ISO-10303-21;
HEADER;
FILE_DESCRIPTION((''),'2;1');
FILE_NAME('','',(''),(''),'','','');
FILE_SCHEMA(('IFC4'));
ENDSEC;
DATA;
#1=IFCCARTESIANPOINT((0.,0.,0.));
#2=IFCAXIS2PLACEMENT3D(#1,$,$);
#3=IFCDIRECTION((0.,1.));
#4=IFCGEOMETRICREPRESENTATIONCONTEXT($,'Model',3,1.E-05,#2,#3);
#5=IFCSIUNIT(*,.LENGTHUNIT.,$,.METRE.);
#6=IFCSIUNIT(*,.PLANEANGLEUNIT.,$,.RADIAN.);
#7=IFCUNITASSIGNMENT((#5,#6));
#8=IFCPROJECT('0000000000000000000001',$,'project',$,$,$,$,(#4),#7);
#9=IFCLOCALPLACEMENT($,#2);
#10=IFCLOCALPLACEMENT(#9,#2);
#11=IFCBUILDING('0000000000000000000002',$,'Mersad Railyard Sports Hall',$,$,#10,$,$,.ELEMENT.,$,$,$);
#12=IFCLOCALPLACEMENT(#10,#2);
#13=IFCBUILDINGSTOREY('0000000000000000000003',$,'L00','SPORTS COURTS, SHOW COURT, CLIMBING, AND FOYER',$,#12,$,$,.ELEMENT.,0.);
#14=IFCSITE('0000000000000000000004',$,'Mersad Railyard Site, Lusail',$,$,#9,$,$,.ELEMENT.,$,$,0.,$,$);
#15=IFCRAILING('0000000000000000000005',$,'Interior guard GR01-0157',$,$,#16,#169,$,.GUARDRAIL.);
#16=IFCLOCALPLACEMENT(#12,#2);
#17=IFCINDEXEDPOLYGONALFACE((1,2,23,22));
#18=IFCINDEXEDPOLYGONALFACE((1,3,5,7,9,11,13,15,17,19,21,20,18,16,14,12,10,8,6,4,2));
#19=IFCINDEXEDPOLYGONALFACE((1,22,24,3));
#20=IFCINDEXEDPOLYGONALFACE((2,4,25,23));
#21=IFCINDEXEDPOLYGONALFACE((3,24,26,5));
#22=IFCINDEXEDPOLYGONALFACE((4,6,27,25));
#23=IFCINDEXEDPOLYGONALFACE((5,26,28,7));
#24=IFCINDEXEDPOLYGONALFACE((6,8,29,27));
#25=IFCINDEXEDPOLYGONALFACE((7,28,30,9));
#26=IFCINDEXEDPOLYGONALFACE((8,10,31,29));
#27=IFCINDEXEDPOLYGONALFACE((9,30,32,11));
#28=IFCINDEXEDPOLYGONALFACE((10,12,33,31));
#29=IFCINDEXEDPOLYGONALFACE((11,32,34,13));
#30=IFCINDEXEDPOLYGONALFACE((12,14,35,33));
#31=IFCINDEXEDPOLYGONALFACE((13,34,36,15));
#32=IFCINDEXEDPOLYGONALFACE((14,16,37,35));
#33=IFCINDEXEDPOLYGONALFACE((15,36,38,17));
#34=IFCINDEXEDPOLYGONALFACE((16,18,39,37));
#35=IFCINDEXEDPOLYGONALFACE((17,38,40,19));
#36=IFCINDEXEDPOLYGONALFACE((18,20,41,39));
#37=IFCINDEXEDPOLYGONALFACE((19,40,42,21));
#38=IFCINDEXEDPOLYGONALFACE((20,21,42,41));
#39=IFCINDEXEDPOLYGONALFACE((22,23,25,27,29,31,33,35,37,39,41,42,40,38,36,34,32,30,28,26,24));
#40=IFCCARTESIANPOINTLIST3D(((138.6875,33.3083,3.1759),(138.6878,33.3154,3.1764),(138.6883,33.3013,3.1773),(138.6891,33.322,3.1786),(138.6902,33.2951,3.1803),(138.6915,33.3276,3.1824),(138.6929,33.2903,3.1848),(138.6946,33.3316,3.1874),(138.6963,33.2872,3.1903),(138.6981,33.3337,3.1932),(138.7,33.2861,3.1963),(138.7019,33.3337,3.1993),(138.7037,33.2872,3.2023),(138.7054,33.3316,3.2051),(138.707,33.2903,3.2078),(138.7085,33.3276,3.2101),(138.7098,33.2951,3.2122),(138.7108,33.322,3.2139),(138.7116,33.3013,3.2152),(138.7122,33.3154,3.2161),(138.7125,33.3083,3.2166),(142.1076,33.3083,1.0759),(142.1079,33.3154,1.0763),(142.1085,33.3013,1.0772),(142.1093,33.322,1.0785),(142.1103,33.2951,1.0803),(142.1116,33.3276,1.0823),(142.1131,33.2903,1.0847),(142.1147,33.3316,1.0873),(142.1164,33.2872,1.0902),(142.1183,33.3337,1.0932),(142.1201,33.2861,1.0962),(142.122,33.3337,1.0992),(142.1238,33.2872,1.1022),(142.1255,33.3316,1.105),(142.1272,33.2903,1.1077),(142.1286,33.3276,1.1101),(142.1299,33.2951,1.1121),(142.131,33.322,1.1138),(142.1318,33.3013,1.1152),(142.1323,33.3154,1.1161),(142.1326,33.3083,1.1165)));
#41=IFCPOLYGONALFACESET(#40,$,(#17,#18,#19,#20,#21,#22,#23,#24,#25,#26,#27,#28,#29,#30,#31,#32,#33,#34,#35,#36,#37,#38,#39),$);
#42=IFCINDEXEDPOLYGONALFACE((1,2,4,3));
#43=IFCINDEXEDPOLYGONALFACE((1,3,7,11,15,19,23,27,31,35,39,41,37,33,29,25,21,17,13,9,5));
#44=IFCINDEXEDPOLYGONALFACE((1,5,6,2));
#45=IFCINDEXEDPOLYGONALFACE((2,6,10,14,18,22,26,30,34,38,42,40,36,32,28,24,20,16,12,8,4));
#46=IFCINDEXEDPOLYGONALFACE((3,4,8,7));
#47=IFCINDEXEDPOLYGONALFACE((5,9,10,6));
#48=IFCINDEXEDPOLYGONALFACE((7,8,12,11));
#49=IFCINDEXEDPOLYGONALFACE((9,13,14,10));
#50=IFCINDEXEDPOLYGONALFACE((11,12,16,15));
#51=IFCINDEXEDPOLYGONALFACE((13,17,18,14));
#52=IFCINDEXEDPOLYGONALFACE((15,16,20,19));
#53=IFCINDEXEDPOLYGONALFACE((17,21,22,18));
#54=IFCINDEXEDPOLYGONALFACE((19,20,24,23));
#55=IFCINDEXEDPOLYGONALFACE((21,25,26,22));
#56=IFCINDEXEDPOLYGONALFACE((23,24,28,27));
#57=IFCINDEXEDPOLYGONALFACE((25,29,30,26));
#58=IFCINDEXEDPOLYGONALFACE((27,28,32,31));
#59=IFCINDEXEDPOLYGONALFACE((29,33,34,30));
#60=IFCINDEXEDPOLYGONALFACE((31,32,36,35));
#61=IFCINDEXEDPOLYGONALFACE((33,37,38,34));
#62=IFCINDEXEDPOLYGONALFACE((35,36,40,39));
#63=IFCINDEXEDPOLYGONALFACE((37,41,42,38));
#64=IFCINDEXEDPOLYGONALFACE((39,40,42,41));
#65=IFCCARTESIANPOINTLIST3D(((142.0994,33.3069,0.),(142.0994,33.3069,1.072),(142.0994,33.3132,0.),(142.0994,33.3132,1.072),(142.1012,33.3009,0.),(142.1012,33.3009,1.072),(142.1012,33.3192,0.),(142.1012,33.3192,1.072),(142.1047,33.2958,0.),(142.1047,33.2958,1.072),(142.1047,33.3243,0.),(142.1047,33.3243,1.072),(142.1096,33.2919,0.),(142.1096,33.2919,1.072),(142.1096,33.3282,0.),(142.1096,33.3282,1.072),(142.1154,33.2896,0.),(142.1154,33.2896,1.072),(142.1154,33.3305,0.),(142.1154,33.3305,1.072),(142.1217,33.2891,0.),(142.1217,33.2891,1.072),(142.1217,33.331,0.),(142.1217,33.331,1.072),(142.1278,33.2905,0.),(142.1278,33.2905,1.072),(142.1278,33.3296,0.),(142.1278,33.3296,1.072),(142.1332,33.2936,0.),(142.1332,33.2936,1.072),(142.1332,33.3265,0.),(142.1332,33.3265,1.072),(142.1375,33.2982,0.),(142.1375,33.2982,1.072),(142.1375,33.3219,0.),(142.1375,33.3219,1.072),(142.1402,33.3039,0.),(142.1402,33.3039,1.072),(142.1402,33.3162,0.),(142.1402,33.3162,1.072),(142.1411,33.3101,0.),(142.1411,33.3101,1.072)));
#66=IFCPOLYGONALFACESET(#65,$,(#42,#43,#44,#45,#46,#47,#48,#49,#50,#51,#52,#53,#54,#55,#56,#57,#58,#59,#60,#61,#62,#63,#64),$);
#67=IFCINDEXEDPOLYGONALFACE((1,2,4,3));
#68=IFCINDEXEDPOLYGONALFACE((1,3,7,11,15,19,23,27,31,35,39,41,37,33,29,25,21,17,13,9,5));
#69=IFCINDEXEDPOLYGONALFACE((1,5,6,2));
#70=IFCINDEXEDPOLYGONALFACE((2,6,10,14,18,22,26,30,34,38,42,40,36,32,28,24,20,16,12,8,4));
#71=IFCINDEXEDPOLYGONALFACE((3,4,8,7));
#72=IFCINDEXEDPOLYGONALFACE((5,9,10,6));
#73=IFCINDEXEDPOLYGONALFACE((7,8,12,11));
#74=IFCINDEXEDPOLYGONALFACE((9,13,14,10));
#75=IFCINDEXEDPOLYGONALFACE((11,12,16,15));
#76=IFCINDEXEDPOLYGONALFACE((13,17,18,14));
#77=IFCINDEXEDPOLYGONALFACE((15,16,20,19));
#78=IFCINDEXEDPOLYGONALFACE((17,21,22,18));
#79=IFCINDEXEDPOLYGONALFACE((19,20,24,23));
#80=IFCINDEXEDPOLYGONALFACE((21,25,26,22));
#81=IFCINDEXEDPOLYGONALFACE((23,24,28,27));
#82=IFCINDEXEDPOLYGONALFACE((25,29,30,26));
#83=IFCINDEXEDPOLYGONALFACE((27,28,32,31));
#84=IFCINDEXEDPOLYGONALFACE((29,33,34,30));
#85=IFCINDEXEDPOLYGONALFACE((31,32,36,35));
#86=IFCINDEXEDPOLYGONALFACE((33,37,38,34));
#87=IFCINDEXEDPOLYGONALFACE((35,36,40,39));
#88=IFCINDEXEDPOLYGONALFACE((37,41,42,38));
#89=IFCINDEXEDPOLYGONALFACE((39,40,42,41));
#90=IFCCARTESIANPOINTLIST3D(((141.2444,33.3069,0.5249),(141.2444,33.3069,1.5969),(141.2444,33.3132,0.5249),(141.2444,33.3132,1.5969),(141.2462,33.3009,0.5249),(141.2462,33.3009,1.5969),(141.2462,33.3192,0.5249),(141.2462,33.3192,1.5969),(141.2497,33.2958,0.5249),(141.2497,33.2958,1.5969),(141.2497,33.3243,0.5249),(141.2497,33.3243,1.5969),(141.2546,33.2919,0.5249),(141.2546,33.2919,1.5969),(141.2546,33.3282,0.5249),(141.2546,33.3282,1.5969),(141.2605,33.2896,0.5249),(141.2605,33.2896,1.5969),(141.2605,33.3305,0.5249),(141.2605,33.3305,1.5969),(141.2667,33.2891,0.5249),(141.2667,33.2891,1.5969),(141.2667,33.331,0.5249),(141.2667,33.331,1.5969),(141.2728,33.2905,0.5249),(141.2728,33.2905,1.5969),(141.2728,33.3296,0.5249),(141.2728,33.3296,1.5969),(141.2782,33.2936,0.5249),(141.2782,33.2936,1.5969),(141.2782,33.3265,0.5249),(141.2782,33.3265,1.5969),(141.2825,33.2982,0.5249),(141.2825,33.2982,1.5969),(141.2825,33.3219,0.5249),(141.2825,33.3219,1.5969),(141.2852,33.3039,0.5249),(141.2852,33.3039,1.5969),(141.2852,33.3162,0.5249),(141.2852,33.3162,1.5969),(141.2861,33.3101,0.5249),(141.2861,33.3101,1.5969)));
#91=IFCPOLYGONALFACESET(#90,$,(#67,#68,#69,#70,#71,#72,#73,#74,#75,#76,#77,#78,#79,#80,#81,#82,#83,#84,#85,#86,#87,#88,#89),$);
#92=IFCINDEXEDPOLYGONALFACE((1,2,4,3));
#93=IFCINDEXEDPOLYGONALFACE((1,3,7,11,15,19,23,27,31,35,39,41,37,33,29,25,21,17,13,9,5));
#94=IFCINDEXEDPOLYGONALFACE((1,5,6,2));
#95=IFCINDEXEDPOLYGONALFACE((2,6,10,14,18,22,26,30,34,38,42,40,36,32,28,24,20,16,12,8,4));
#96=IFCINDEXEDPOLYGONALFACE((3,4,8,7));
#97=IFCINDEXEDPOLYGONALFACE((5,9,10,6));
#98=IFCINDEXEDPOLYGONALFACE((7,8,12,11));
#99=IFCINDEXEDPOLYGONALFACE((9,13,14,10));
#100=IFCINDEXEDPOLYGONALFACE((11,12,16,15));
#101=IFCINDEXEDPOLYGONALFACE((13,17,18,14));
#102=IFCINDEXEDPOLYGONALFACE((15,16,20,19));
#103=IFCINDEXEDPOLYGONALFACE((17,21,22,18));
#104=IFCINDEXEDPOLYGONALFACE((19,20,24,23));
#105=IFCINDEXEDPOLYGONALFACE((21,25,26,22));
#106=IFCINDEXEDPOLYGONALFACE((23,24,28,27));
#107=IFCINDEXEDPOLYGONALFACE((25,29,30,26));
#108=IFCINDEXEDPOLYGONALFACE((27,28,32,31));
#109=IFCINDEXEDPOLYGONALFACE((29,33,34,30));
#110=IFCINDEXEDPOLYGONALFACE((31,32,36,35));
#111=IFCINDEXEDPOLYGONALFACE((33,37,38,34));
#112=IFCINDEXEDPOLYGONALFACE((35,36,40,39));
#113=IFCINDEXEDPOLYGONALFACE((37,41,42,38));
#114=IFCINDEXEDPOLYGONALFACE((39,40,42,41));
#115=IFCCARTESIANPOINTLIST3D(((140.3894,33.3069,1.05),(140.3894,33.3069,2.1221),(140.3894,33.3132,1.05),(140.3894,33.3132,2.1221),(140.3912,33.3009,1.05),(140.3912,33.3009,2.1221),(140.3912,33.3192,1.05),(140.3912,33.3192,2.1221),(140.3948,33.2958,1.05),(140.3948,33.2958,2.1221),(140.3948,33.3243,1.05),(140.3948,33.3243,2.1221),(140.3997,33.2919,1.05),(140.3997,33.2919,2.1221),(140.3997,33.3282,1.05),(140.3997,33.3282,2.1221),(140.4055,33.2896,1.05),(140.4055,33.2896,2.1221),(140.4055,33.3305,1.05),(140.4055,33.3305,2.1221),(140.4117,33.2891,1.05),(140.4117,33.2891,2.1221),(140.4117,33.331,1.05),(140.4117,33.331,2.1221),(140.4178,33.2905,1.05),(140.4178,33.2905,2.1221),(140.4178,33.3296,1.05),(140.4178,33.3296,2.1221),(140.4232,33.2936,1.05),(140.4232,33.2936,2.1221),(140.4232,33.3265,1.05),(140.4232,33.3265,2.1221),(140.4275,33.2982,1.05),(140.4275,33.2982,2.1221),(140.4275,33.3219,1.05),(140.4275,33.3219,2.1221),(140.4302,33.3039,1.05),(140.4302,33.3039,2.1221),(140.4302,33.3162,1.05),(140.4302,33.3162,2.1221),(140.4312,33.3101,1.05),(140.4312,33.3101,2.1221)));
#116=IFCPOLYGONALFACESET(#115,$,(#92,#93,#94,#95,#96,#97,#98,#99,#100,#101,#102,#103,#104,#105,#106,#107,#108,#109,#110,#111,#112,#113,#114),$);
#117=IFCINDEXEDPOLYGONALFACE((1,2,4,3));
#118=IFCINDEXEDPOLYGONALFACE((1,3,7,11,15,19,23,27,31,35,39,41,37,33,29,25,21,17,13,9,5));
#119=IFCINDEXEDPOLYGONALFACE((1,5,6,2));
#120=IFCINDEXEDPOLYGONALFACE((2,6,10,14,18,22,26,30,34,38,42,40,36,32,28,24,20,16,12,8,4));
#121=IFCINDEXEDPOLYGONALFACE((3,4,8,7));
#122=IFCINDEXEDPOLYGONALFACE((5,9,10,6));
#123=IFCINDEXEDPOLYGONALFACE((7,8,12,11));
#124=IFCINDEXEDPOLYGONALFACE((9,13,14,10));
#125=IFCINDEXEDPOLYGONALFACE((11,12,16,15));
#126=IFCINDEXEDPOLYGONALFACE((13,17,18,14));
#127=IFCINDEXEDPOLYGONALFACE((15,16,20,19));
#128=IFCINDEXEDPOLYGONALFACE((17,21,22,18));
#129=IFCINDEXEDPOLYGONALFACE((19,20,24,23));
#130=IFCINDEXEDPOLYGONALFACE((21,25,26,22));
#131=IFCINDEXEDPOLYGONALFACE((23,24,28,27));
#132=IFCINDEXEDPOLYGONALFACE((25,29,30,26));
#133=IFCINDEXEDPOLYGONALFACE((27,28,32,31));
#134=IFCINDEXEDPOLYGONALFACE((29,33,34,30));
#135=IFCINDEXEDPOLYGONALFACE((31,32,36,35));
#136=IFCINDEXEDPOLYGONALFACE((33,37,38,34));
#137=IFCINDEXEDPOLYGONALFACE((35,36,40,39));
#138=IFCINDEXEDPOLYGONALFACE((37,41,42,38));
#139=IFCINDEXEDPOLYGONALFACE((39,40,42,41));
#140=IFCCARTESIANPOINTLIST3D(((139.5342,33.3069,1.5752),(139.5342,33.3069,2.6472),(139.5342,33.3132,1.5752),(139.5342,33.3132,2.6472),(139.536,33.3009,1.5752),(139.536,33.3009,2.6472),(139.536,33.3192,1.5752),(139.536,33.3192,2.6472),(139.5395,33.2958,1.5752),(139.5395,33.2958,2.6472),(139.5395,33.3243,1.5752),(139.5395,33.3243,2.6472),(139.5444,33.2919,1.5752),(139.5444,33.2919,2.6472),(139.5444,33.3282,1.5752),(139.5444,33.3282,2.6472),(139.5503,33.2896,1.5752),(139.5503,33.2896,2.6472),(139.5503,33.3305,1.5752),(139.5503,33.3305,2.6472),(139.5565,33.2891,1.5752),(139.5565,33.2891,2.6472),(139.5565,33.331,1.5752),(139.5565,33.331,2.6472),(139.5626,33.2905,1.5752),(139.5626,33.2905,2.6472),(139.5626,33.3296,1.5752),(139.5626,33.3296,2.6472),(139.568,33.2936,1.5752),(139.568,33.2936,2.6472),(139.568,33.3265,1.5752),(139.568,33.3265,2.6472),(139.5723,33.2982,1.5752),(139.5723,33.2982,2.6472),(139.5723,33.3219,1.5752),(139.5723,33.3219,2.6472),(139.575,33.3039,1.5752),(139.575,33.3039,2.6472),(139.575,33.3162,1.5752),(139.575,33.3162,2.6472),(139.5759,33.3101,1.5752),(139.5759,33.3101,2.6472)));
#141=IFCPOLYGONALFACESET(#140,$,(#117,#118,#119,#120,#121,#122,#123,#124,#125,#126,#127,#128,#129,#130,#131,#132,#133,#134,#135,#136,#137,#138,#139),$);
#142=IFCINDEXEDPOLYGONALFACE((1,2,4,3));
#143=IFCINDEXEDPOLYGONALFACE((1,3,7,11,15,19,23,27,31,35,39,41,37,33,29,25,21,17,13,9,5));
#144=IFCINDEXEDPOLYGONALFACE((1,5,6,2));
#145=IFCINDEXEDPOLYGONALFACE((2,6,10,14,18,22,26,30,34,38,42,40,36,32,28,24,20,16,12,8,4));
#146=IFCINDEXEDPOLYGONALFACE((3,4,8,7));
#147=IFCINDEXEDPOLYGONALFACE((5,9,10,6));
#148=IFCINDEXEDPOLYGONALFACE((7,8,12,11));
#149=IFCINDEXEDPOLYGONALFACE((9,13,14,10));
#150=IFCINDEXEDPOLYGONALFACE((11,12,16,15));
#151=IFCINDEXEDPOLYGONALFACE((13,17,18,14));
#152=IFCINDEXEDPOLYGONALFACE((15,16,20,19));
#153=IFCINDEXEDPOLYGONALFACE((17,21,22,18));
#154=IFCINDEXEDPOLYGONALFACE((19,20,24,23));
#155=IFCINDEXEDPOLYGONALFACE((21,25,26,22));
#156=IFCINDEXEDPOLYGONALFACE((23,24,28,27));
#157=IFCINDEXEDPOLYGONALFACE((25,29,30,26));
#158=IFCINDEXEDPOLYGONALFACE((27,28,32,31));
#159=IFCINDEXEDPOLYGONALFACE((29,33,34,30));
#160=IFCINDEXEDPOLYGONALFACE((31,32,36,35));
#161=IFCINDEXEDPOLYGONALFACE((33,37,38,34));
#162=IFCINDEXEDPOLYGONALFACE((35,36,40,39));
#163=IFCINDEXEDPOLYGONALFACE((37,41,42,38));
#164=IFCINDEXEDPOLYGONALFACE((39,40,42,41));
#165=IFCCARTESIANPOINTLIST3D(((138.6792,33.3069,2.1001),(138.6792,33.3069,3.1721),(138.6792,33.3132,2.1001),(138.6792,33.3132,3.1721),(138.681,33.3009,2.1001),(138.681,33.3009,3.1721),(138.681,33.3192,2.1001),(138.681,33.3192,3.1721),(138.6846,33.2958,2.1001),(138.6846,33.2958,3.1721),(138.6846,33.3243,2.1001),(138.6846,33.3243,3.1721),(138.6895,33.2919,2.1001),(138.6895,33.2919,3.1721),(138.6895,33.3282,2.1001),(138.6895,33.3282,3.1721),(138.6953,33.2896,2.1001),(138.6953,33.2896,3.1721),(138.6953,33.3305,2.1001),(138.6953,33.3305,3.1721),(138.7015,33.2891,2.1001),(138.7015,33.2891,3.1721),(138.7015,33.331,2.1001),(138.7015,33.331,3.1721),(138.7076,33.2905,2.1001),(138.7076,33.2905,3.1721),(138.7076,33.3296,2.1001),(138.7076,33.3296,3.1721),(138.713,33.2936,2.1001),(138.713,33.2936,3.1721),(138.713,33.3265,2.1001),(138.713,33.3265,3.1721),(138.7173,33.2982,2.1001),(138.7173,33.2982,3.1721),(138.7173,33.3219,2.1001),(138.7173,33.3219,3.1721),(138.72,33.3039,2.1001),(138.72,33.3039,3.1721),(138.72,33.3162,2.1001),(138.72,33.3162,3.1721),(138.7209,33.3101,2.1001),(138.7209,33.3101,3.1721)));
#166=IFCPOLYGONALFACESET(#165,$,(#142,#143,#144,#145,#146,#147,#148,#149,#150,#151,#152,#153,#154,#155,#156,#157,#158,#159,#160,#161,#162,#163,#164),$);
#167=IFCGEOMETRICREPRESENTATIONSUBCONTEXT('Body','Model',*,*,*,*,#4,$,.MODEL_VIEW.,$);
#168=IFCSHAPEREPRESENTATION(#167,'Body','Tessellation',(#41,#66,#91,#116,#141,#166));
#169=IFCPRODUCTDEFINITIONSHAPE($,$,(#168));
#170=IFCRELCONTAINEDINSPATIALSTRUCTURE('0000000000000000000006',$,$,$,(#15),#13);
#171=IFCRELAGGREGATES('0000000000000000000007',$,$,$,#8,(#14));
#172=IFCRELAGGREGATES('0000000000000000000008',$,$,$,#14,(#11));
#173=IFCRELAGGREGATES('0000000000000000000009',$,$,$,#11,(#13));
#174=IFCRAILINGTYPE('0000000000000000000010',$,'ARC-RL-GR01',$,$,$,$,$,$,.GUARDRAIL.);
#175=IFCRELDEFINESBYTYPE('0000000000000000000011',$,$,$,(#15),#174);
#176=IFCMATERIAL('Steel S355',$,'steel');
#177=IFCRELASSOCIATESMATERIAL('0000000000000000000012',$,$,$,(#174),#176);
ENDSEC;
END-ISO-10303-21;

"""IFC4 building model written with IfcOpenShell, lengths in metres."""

from ifc_helpers import new_model, si_unit, direction, frame, origin, origin_2d, place, context, subcontext, project, spatial, circle, extrude, material, type_object, element, save


model = new_model("IFC4")

# Units and contexts
model_context = context("Model", 3, precision=1e-05, world=origin(), true_north=direction((0.0, 1.0)))
body_context = subcontext(model_context, "Body", "Model", "MODEL_VIEW")
ifc_project = project(units=[si_unit("LENGTHUNIT", "METRE"), si_unit("PLANEANGLEUNIT", "RADIAN")], contexts=[model_context])

# Site, building, storey
site_placement = place(None, origin())
site = spatial("IfcSite", under=ifc_project, at=site_placement, Name="Mersad Railyard Site, Lusail", CompositionType="ELEMENT", RefElevation=0.0)
building_placement = place(site_placement, origin())
building = spatial("IfcBuilding", under=site, at=building_placement, Name="Mersad Railyard Sports Hall", CompositionType="ELEMENT")
storey_placement = place(building_placement, origin())
storey = spatial("IfcBuildingStorey", under=building, at=storey_placement, Name="L00", Description="SPORTS COURTS, SHOW COURT, CLIMBING, AND FOYER", CompositionType="ELEMENT", Elevation=0.0)

# Shared definitions
ifc_material_1 = material(Name="Steel S355", Category="steel")

# Railing
railing_type = type_object("IfcRailingType", Name="ARC-RL-GR01", PredefinedType="GUARDRAIL", material=ifc_material_1)
for number, where, name in (
    (1, (142.1201, 33.3101, 0.0), "Interior guard GR01-0157"),
):
    element("IfcRailing", number, at=place(storey_placement, frame(where)), inside=storey, type_object=railing_type, Name=name, PredefinedType="GUARDRAIL", context=body_context, shape_type="SweptSolid", body=[
        extrude(circle(Radius=0.0239, at=origin_2d()), frame((0.0, 0.0, 1.0962), z_axis=(-0.852172, 0.0, 0.523262), x_axis=(0.0, -1.0, 0.0)), (0.0, 0.0, 1.0), 4.0134),
        extrude(circle(Radius=0.021, at=origin_2d()), origin(), (0.0, 0.0, 1.0), 1.072),
        extrude(circle(Radius=0.021, at=origin_2d()), frame((-0.855, 0.0, 0.5249)), (0.0, 0.0, 1.0), 1.072),
        extrude(circle(Radius=0.021, at=origin_2d()), frame((-1.71, 0.0, 1.05)), (0.0, 0.0, 1.0), 1.072),
        extrude(circle(Radius=0.021, at=origin_2d()), frame((-2.5652, 0.0, 1.5752)), (0.0, 0.0, 1.0), 1.072),
        extrude(circle(Radius=0.021, at=origin_2d()), frame((-3.4202, 0.0, 2.1001)), (0.0, 0.0, 1.0), 1.072),
    ])

save(model, "model.ifc")
